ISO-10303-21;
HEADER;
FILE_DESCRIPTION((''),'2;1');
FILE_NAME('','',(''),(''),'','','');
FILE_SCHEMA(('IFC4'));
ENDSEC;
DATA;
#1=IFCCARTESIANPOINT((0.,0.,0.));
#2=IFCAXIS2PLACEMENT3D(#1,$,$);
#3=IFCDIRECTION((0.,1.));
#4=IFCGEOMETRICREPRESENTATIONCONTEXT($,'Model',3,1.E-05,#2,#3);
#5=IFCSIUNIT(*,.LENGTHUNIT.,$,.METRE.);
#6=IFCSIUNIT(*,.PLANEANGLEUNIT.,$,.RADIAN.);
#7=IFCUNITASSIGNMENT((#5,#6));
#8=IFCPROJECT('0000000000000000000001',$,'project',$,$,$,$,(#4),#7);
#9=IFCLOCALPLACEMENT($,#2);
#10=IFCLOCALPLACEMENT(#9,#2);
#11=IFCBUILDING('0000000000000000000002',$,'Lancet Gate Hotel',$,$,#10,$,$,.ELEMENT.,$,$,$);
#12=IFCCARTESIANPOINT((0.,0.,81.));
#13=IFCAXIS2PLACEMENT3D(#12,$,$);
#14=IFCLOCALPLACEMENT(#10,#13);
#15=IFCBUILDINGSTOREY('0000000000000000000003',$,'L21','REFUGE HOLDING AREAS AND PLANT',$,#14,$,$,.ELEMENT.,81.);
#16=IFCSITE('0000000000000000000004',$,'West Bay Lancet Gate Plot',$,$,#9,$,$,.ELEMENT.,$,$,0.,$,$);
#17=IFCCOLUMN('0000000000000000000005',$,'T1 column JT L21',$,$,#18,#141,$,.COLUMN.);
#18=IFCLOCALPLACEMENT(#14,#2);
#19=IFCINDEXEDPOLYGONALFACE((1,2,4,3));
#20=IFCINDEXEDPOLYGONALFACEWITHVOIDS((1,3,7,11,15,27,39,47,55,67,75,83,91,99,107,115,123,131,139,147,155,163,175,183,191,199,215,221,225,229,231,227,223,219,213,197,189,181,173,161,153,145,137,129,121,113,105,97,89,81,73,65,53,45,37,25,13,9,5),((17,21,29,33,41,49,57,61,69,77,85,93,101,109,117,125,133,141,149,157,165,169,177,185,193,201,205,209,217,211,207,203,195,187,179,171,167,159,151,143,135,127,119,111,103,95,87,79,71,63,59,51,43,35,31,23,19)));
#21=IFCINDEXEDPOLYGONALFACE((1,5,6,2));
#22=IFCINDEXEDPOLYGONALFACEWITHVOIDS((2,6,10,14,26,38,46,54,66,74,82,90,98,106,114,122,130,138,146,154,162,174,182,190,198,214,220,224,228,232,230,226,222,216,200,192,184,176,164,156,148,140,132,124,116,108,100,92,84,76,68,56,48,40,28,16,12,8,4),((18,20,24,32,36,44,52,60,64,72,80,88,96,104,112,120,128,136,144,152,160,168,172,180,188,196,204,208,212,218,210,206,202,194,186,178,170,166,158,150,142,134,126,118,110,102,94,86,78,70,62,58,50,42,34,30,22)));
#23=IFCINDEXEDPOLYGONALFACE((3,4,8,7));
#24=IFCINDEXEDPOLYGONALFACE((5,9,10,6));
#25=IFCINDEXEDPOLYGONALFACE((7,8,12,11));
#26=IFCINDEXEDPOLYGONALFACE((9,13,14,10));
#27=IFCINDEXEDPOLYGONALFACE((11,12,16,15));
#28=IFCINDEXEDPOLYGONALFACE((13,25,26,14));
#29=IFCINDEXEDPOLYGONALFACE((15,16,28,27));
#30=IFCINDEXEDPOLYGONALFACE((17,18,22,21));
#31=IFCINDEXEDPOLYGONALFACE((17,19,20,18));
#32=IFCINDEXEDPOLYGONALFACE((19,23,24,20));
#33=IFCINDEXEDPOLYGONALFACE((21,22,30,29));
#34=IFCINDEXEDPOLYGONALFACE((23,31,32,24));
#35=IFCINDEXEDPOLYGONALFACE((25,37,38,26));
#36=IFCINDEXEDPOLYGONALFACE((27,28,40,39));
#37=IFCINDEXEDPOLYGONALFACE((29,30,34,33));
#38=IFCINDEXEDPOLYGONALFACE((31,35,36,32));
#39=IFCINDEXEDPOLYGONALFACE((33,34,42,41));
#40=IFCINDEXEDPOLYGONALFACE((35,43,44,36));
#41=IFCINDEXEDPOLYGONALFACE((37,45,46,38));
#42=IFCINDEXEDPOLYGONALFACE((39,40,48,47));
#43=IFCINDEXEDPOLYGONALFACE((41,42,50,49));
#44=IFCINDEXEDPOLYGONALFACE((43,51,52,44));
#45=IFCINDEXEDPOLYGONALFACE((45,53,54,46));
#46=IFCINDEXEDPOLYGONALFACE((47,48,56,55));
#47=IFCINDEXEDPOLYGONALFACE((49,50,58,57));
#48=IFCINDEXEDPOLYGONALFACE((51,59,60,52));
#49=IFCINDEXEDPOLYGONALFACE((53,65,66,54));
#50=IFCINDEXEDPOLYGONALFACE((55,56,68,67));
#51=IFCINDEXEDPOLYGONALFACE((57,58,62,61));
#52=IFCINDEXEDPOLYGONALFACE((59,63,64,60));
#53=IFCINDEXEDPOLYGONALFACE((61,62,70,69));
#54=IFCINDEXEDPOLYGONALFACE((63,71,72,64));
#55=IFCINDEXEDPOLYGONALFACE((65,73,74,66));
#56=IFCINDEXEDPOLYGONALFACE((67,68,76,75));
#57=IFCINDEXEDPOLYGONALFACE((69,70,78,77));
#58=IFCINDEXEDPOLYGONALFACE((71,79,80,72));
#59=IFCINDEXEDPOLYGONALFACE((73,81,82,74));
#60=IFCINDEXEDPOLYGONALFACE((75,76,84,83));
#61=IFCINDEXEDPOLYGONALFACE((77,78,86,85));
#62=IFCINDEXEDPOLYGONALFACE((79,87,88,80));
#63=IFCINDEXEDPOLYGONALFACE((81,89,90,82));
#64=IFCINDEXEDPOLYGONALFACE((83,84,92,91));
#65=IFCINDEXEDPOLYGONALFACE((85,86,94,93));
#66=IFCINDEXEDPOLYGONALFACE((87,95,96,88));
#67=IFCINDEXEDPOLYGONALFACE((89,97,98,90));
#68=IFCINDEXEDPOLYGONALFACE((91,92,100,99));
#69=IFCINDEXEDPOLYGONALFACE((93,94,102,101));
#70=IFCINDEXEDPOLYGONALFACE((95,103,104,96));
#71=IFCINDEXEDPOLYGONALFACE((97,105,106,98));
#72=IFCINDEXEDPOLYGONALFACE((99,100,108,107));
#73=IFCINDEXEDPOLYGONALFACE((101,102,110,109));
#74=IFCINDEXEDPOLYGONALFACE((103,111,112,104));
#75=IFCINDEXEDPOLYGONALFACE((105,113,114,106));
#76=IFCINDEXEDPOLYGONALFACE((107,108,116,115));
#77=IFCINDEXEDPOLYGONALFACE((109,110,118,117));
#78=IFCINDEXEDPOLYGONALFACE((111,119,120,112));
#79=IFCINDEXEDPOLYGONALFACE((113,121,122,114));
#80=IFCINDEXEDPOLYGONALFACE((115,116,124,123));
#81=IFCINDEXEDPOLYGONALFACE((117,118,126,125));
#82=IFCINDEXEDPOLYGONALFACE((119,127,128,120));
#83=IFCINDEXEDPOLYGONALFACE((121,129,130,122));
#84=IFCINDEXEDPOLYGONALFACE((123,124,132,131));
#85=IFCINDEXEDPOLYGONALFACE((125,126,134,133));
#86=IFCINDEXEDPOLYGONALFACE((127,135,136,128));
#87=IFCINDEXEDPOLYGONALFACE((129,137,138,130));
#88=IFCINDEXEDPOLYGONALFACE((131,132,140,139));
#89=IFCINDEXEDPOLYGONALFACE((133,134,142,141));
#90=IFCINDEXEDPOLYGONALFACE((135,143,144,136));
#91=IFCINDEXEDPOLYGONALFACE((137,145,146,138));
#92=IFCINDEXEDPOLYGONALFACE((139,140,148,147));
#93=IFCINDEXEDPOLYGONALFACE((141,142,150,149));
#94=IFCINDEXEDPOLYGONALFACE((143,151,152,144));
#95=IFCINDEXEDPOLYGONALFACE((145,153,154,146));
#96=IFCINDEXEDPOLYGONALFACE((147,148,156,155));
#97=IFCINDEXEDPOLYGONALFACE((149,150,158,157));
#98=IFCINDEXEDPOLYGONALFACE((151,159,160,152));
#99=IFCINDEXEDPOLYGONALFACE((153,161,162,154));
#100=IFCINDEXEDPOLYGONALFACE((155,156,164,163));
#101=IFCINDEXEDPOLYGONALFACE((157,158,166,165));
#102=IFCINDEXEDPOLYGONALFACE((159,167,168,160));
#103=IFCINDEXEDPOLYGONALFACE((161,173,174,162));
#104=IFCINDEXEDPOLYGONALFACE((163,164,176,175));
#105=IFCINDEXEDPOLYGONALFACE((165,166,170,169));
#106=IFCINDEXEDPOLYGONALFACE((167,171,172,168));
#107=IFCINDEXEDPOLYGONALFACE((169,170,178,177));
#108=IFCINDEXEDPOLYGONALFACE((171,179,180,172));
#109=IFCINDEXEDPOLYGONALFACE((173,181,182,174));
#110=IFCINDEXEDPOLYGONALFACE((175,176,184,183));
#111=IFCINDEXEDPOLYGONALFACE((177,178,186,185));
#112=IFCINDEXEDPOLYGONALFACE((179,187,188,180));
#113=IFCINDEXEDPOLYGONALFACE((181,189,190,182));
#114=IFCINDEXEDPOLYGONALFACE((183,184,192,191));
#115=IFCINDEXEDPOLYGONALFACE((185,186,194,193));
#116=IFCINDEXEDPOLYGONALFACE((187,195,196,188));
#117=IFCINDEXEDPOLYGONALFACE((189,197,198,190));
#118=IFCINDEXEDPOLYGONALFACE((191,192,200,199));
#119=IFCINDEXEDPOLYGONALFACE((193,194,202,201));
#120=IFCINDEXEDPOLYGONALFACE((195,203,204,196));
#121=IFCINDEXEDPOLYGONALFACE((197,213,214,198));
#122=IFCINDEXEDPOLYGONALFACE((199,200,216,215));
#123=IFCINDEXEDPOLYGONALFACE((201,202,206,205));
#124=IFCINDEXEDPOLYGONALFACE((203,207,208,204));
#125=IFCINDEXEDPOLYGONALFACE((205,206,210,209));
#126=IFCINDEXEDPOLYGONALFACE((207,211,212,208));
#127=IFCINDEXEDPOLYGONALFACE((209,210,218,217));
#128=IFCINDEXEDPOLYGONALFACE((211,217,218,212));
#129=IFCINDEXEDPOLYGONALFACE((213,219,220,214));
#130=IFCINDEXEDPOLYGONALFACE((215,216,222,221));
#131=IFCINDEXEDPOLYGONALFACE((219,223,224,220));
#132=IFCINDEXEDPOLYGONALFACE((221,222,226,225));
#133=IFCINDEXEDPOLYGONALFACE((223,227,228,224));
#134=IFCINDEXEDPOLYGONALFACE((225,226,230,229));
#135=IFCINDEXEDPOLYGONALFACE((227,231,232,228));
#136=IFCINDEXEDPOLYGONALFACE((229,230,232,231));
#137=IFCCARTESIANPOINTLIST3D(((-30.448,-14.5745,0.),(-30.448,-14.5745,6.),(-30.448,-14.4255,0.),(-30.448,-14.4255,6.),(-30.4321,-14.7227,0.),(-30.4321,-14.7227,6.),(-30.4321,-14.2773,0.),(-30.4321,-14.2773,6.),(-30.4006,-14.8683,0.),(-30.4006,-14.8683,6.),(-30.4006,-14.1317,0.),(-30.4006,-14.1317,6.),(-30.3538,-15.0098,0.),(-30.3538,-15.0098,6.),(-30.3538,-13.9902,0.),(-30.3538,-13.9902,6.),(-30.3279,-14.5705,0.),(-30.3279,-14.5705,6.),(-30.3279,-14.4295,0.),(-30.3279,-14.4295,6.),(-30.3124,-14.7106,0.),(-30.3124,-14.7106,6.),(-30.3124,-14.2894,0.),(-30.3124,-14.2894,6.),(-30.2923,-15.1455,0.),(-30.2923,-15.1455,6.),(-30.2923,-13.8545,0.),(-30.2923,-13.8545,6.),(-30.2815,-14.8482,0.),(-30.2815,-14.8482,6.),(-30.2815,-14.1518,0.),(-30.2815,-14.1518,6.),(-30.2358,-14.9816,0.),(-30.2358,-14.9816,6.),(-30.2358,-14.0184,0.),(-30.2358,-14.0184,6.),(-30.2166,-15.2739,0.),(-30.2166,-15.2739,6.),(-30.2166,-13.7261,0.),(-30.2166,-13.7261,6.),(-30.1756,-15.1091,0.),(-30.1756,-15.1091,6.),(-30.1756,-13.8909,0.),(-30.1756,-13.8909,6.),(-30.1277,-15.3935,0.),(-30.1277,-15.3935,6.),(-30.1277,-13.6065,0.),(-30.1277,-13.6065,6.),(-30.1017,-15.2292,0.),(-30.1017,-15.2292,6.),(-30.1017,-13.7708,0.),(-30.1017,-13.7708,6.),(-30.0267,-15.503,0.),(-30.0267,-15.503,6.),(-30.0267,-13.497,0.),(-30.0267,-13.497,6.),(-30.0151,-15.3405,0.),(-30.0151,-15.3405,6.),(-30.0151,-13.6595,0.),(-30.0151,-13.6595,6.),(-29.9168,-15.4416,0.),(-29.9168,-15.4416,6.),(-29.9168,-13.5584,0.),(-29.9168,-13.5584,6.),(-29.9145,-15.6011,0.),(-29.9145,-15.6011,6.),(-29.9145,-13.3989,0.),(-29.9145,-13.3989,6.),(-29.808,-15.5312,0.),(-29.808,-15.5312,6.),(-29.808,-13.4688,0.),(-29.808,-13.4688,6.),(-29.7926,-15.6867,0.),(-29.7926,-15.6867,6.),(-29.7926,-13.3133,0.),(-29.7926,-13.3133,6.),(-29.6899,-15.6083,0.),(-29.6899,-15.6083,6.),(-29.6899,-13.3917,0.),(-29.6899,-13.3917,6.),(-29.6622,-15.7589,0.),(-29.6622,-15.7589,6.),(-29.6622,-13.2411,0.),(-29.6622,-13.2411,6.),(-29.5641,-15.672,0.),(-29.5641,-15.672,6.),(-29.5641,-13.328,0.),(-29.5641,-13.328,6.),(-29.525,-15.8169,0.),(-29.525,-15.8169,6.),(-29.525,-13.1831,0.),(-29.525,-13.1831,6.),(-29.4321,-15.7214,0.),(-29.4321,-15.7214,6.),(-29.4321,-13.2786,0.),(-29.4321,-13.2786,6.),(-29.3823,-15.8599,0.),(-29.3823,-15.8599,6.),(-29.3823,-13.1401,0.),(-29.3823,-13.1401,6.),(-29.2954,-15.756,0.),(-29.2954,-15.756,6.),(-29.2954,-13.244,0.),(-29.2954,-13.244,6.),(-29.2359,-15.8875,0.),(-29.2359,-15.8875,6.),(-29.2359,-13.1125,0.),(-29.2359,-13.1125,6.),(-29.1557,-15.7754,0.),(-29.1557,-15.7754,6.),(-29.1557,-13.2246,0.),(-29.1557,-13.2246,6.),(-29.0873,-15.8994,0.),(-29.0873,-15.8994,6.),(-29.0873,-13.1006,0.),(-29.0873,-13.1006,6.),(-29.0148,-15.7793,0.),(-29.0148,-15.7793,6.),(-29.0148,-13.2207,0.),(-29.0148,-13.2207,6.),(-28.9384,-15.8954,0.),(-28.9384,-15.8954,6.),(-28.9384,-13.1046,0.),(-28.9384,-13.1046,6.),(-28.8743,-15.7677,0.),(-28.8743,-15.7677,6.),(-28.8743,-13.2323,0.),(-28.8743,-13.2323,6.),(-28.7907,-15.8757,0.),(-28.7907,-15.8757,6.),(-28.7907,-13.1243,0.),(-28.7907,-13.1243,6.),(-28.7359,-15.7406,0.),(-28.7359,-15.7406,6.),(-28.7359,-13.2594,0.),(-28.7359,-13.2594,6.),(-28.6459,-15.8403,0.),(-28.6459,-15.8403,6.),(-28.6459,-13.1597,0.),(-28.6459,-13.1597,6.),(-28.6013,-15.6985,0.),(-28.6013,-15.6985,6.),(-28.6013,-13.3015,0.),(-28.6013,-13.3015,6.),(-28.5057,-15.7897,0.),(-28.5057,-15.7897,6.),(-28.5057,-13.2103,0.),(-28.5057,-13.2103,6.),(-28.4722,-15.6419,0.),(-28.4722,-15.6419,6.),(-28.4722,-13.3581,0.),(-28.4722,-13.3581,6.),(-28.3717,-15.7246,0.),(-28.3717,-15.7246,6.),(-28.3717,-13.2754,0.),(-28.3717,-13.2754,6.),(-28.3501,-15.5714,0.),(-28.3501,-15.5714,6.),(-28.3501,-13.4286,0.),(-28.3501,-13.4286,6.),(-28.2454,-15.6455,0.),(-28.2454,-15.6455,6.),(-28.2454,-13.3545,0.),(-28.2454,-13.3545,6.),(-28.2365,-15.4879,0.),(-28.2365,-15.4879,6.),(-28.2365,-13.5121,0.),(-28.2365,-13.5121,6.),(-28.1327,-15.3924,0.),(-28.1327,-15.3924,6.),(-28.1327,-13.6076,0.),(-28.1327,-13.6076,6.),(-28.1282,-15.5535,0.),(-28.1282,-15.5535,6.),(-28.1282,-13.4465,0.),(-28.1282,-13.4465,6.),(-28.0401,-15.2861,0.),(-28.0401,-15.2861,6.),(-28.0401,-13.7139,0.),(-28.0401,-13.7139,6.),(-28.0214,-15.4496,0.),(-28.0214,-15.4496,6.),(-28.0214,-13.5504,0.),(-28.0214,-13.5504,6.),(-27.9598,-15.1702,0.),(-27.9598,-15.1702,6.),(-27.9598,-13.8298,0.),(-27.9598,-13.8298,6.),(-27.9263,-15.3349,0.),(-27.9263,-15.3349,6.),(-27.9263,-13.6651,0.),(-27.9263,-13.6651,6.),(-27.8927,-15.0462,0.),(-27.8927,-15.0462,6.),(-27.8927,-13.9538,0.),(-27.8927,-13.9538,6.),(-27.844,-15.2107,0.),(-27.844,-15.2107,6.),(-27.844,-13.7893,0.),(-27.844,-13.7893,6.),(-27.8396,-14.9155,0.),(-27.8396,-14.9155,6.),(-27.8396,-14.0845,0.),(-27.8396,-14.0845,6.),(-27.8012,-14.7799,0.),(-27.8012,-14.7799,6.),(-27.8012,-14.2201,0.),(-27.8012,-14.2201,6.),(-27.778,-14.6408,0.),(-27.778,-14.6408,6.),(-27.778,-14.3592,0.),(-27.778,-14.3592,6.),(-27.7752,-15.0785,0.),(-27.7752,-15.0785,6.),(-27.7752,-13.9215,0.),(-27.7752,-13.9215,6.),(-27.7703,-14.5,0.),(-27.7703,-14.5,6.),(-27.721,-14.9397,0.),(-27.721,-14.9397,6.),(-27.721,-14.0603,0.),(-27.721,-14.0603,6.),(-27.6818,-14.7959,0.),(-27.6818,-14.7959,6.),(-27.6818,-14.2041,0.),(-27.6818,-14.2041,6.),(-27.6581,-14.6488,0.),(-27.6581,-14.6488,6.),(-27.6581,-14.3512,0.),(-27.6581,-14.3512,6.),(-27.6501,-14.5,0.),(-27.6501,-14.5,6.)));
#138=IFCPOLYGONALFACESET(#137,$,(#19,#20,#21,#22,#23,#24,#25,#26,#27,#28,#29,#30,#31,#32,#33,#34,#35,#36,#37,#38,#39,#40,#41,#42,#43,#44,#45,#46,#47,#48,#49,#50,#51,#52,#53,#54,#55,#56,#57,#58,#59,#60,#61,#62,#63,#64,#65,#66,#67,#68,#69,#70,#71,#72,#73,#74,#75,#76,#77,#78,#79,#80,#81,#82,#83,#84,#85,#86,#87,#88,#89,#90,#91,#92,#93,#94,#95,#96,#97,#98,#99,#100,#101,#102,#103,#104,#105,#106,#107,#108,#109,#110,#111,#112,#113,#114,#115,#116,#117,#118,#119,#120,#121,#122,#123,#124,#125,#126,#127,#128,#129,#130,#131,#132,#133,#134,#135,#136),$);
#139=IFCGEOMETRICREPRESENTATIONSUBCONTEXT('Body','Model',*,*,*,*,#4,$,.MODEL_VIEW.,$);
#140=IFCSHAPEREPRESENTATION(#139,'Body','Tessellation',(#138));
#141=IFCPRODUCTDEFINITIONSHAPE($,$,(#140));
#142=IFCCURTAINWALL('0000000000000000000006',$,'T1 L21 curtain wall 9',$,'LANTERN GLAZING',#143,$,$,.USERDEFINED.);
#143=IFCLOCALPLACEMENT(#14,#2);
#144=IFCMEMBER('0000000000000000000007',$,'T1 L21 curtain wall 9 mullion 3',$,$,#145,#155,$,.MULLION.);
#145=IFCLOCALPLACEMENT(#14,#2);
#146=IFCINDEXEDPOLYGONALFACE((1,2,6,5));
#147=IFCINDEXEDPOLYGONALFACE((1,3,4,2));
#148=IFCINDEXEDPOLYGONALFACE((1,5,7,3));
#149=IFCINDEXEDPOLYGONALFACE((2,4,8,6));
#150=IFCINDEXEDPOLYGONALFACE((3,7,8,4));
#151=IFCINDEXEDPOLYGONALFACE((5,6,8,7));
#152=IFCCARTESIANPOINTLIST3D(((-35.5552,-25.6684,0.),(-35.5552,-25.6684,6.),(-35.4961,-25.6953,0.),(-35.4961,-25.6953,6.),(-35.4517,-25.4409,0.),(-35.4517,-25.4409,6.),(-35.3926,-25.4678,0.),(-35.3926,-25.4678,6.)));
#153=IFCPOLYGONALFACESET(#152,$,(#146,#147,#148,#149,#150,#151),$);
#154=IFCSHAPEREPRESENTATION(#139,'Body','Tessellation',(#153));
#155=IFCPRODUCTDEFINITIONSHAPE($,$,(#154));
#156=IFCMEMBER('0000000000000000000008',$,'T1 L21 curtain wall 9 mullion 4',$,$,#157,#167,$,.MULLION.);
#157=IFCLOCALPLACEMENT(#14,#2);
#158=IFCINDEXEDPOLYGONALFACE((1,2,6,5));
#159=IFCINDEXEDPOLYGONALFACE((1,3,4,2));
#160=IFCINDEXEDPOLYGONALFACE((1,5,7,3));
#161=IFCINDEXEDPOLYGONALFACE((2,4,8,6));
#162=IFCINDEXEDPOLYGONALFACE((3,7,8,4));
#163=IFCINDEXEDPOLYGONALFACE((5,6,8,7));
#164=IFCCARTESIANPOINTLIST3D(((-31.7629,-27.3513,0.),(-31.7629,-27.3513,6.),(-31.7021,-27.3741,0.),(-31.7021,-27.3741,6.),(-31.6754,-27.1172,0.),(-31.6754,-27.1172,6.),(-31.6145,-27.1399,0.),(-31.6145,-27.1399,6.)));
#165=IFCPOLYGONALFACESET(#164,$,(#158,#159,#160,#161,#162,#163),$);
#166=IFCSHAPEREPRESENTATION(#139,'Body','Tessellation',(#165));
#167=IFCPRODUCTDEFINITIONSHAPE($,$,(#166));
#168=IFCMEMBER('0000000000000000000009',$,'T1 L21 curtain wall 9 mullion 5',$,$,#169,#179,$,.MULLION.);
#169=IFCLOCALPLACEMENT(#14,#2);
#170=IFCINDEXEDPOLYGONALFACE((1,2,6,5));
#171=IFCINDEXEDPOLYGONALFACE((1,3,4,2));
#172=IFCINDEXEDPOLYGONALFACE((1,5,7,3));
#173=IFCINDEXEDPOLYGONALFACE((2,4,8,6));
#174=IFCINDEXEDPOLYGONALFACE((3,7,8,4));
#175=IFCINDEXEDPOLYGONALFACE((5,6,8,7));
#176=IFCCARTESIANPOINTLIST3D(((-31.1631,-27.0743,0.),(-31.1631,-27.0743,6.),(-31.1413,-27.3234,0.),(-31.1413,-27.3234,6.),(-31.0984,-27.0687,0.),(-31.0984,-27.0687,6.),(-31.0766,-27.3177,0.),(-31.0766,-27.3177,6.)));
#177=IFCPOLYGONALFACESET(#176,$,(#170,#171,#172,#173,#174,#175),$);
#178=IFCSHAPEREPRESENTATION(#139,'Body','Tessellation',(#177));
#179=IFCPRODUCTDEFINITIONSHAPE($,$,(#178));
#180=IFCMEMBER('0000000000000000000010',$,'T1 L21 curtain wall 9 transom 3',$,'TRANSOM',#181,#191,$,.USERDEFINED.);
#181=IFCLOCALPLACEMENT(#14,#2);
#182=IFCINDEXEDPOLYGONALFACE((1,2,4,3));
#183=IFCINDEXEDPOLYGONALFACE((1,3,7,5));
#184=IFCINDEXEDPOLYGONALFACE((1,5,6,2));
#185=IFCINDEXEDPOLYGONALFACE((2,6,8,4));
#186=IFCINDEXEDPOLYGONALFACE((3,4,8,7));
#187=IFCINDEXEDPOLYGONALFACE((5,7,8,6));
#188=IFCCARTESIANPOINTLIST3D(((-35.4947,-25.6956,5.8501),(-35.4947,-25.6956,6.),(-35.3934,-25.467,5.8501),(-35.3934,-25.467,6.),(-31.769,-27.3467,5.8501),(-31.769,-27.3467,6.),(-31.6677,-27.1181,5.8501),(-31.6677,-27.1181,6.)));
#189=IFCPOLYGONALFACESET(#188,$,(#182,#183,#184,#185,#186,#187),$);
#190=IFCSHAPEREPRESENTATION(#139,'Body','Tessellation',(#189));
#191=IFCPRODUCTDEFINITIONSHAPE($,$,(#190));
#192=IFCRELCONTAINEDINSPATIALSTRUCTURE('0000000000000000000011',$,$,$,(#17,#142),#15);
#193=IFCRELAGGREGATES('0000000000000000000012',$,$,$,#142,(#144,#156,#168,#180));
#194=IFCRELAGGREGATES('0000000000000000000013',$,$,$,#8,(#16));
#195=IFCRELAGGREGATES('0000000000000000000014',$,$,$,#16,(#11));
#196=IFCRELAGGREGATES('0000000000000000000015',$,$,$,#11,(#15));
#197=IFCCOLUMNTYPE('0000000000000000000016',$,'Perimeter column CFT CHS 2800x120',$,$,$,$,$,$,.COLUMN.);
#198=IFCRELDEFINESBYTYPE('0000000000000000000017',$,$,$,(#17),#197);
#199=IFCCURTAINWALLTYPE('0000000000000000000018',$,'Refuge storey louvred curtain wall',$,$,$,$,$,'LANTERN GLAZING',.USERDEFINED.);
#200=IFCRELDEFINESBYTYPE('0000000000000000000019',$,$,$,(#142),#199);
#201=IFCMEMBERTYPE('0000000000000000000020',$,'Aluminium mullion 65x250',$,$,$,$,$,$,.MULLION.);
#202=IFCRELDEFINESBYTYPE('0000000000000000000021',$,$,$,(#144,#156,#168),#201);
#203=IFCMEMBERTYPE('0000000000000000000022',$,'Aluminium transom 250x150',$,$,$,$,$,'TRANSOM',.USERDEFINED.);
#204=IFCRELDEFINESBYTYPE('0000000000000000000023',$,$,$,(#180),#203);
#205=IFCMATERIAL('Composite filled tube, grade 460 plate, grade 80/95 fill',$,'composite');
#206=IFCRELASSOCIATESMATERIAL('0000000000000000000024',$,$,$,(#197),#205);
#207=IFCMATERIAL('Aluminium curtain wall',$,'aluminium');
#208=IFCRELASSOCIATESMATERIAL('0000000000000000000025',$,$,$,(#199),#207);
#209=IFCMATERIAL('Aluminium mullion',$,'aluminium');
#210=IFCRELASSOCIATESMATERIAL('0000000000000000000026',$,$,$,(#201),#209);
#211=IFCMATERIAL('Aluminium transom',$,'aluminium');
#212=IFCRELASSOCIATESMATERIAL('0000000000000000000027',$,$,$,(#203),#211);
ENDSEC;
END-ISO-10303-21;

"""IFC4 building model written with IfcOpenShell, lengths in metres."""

from ifc_helpers import new_model, si_unit, direction, frame, origin, origin_2d, place, context, subcontext, project, spatial, rectangle, hollow_circle, extrude, material, material_profile, profile_set, type_object, element, aggregate, save


model = new_model("IFC4")

# Units and contexts
model_context = context("Model", 3, precision=1e-05, world=origin(), true_north=direction((0.0, 1.0)))
body_context = subcontext(model_context, "Body", "Model", "MODEL_VIEW")
ifc_project = project(units=[si_unit("LENGTHUNIT", "METRE"), si_unit("PLANEANGLEUNIT", "RADIAN")], contexts=[model_context])

# Site, building, storey
site_placement = place(None, origin())
site = spatial("IfcSite", under=ifc_project, at=site_placement, Name="West Bay Lancet Gate Plot", CompositionType="ELEMENT", RefElevation=0.0)
building_placement = place(site_placement, origin())
building = spatial("IfcBuilding", under=site, at=building_placement, Name="Lancet Gate Hotel", CompositionType="ELEMENT")
storey_placement = place(building_placement, frame((0.0, 0.0, 81.0)))
storey = spatial("IfcBuildingStorey", under=building, at=storey_placement, Name="L21", Description="REFUGE HOLDING AREAS AND PLANT", CompositionType="ELEMENT", Elevation=81.0)

# Column
ifc_material_1 = material(Name="Composite filled tube, grade 460 plate, grade 80/95 fill", Category="composite")
ifc_material_profile_1 = material_profile(ifc_material_1, hollow_circle(Radius=1.3999, WallThickness=0.1201, at=origin_2d()), Name="CHS 2800x120")
ifc_profile_set_1 = profile_set([ifc_material_profile_1], Name="Composite filled tube, grade 460 plate, grade 80/95 fill")
column_type = type_object("IfcColumnType", Name="Perimeter column CFT CHS 2800x120", PredefinedType="COLUMN", material=ifc_profile_set_1)
for number, where, z_axis, x_axis, name in (
    (1, (-29.05, -14.5, 0.0), (0.0, 0.0, 1.0), (1.0, 0.0, 0.0), "T1 column JT L21"),
):
    element("IfcColumn", number, at=place(storey_placement, frame(where, z_axis=z_axis, x_axis=x_axis)), inside=storey, type_object=column_type, Name=name, PredefinedType="COLUMN", context=body_context, shape_type="SweptSolid", body=[
        extrude(hollow_circle(Radius=1.3999, WallThickness=0.1201, at=origin_2d()), origin(), (0.0, 0.0, 1.0), 6.0),
    ])

# Curtain wall, members
ifc_material_2 = material(Name="Aluminium curtain wall", Category="aluminium")
curtain_wall_type = type_object("IfcCurtainWallType", Name="Refuge storey louvred curtain wall", ElementType="LANTERN GLAZING", PredefinedType="USERDEFINED", material=ifc_material_2)
curtain_wall_placement = place(storey_placement, origin())
curtain_wall = element("IfcCurtainWall", 2, at=curtain_wall_placement, inside=storey, type_object=curtain_wall_type, Name="T1 L21 curtain wall 9", ObjectType="LANTERN GLAZING", PredefinedType="USERDEFINED")
ifc_material_3 = material(Name="Aluminium mullion", Category="aluminium")
ifc_material_profile_2 = material_profile(ifc_material_3, rectangle(XDim=0.0649, YDim=0.25, at=origin_2d()), Name="MULLION 65x250")
ifc_profile_set_2 = profile_set([ifc_material_profile_2], Name="Aluminium mullion")
member_type_1 = type_object("IfcMemberType", Name="Aluminium mullion 65x250", PredefinedType="MULLION", material=ifc_profile_set_2)
member_1_placement = place(storey_placement, frame((-35.4739, -25.5681, 0.0), z_axis=(0.0, 0.0, 1.0), x_axis=(0.91022, -0.414126, 0.0)))
member_1 = element("IfcMember", 3, at=member_1_placement, type_object=member_type_1, Name="T1 L21 curtain wall 9 mullion 3", PredefinedType="MULLION", context=body_context, shape_type="SweptSolid", body=[
    extrude(rectangle(XDim=0.0649, YDim=0.25, at=origin_2d()), origin(), (0.0, 0.0, 1.0), 6.0),
])
member_2_placement = place(storey_placement, frame((-31.6887, -27.2456, 0.0), z_axis=(0.0, 0.0, 1.0), x_axis=(0.936669, -0.350215, 0.0)))
member_2 = element("IfcMember", 4, at=member_2_placement, type_object=member_type_1, Name="T1 L21 curtain wall 9 mullion 4", PredefinedType="MULLION", context=body_context, shape_type="SweptSolid", body=[
    extrude(rectangle(XDim=0.0649, YDim=0.25, at=origin_2d()), origin(), (0.0, 0.0, 1.0), 6.0),
])
member_3_placement = place(storey_placement, frame((-31.1199, -27.196, 0.0), z_axis=(0.0, 0.0, 1.0), x_axis=(0.996204, 0.087052, 0.0)))
member_3 = element("IfcMember", 5, at=member_3_placement, type_object=member_type_1, Name="T1 L21 curtain wall 9 mullion 5", PredefinedType="MULLION", context=body_context, shape_type="SweptSolid", body=[
    extrude(rectangle(XDim=0.0649, YDim=0.25, at=origin_2d()), origin(), (0.0, 0.0, 1.0), 6.0),
])
ifc_material_4 = material(Name="Aluminium transom", Category="aluminium")
ifc_material_profile_3 = material_profile(ifc_material_4, rectangle(XDim=0.25, YDim=0.1499, at=origin_2d()), Name="TRANSOM 250x150")
ifc_profile_set_3 = profile_set([ifc_material_profile_3], Name="Aluminium transom")
member_type_2 = type_object("IfcMemberType", Name="Aluminium transom 250x150", ElementType="TRANSOM", PredefinedType="USERDEFINED", material=ifc_profile_set_3)
member_4_placement = place(storey_placement, frame((-35.4441, -25.5813, 5.925), z_axis=(0.914248, -0.405154, 0.0), x_axis=(0.405154, 0.914248, 0.0)))
member_4 = element("IfcMember", 6, at=member_4_placement, type_object=member_type_2, Name="T1 L21 curtain wall 9 transom 3", ObjectType="TRANSOM", PredefinedType="USERDEFINED", context=body_context, shape_type="SweptSolid", body=[
    extrude(rectangle(XDim=0.25, YDim=0.1499, at=origin_2d()), origin(), (0.0, 0.0, 1.0), 4.0752),
])

aggregate(curtain_wall, [member_1, member_2, member_3, member_4])

save(model, "model.ifc")
